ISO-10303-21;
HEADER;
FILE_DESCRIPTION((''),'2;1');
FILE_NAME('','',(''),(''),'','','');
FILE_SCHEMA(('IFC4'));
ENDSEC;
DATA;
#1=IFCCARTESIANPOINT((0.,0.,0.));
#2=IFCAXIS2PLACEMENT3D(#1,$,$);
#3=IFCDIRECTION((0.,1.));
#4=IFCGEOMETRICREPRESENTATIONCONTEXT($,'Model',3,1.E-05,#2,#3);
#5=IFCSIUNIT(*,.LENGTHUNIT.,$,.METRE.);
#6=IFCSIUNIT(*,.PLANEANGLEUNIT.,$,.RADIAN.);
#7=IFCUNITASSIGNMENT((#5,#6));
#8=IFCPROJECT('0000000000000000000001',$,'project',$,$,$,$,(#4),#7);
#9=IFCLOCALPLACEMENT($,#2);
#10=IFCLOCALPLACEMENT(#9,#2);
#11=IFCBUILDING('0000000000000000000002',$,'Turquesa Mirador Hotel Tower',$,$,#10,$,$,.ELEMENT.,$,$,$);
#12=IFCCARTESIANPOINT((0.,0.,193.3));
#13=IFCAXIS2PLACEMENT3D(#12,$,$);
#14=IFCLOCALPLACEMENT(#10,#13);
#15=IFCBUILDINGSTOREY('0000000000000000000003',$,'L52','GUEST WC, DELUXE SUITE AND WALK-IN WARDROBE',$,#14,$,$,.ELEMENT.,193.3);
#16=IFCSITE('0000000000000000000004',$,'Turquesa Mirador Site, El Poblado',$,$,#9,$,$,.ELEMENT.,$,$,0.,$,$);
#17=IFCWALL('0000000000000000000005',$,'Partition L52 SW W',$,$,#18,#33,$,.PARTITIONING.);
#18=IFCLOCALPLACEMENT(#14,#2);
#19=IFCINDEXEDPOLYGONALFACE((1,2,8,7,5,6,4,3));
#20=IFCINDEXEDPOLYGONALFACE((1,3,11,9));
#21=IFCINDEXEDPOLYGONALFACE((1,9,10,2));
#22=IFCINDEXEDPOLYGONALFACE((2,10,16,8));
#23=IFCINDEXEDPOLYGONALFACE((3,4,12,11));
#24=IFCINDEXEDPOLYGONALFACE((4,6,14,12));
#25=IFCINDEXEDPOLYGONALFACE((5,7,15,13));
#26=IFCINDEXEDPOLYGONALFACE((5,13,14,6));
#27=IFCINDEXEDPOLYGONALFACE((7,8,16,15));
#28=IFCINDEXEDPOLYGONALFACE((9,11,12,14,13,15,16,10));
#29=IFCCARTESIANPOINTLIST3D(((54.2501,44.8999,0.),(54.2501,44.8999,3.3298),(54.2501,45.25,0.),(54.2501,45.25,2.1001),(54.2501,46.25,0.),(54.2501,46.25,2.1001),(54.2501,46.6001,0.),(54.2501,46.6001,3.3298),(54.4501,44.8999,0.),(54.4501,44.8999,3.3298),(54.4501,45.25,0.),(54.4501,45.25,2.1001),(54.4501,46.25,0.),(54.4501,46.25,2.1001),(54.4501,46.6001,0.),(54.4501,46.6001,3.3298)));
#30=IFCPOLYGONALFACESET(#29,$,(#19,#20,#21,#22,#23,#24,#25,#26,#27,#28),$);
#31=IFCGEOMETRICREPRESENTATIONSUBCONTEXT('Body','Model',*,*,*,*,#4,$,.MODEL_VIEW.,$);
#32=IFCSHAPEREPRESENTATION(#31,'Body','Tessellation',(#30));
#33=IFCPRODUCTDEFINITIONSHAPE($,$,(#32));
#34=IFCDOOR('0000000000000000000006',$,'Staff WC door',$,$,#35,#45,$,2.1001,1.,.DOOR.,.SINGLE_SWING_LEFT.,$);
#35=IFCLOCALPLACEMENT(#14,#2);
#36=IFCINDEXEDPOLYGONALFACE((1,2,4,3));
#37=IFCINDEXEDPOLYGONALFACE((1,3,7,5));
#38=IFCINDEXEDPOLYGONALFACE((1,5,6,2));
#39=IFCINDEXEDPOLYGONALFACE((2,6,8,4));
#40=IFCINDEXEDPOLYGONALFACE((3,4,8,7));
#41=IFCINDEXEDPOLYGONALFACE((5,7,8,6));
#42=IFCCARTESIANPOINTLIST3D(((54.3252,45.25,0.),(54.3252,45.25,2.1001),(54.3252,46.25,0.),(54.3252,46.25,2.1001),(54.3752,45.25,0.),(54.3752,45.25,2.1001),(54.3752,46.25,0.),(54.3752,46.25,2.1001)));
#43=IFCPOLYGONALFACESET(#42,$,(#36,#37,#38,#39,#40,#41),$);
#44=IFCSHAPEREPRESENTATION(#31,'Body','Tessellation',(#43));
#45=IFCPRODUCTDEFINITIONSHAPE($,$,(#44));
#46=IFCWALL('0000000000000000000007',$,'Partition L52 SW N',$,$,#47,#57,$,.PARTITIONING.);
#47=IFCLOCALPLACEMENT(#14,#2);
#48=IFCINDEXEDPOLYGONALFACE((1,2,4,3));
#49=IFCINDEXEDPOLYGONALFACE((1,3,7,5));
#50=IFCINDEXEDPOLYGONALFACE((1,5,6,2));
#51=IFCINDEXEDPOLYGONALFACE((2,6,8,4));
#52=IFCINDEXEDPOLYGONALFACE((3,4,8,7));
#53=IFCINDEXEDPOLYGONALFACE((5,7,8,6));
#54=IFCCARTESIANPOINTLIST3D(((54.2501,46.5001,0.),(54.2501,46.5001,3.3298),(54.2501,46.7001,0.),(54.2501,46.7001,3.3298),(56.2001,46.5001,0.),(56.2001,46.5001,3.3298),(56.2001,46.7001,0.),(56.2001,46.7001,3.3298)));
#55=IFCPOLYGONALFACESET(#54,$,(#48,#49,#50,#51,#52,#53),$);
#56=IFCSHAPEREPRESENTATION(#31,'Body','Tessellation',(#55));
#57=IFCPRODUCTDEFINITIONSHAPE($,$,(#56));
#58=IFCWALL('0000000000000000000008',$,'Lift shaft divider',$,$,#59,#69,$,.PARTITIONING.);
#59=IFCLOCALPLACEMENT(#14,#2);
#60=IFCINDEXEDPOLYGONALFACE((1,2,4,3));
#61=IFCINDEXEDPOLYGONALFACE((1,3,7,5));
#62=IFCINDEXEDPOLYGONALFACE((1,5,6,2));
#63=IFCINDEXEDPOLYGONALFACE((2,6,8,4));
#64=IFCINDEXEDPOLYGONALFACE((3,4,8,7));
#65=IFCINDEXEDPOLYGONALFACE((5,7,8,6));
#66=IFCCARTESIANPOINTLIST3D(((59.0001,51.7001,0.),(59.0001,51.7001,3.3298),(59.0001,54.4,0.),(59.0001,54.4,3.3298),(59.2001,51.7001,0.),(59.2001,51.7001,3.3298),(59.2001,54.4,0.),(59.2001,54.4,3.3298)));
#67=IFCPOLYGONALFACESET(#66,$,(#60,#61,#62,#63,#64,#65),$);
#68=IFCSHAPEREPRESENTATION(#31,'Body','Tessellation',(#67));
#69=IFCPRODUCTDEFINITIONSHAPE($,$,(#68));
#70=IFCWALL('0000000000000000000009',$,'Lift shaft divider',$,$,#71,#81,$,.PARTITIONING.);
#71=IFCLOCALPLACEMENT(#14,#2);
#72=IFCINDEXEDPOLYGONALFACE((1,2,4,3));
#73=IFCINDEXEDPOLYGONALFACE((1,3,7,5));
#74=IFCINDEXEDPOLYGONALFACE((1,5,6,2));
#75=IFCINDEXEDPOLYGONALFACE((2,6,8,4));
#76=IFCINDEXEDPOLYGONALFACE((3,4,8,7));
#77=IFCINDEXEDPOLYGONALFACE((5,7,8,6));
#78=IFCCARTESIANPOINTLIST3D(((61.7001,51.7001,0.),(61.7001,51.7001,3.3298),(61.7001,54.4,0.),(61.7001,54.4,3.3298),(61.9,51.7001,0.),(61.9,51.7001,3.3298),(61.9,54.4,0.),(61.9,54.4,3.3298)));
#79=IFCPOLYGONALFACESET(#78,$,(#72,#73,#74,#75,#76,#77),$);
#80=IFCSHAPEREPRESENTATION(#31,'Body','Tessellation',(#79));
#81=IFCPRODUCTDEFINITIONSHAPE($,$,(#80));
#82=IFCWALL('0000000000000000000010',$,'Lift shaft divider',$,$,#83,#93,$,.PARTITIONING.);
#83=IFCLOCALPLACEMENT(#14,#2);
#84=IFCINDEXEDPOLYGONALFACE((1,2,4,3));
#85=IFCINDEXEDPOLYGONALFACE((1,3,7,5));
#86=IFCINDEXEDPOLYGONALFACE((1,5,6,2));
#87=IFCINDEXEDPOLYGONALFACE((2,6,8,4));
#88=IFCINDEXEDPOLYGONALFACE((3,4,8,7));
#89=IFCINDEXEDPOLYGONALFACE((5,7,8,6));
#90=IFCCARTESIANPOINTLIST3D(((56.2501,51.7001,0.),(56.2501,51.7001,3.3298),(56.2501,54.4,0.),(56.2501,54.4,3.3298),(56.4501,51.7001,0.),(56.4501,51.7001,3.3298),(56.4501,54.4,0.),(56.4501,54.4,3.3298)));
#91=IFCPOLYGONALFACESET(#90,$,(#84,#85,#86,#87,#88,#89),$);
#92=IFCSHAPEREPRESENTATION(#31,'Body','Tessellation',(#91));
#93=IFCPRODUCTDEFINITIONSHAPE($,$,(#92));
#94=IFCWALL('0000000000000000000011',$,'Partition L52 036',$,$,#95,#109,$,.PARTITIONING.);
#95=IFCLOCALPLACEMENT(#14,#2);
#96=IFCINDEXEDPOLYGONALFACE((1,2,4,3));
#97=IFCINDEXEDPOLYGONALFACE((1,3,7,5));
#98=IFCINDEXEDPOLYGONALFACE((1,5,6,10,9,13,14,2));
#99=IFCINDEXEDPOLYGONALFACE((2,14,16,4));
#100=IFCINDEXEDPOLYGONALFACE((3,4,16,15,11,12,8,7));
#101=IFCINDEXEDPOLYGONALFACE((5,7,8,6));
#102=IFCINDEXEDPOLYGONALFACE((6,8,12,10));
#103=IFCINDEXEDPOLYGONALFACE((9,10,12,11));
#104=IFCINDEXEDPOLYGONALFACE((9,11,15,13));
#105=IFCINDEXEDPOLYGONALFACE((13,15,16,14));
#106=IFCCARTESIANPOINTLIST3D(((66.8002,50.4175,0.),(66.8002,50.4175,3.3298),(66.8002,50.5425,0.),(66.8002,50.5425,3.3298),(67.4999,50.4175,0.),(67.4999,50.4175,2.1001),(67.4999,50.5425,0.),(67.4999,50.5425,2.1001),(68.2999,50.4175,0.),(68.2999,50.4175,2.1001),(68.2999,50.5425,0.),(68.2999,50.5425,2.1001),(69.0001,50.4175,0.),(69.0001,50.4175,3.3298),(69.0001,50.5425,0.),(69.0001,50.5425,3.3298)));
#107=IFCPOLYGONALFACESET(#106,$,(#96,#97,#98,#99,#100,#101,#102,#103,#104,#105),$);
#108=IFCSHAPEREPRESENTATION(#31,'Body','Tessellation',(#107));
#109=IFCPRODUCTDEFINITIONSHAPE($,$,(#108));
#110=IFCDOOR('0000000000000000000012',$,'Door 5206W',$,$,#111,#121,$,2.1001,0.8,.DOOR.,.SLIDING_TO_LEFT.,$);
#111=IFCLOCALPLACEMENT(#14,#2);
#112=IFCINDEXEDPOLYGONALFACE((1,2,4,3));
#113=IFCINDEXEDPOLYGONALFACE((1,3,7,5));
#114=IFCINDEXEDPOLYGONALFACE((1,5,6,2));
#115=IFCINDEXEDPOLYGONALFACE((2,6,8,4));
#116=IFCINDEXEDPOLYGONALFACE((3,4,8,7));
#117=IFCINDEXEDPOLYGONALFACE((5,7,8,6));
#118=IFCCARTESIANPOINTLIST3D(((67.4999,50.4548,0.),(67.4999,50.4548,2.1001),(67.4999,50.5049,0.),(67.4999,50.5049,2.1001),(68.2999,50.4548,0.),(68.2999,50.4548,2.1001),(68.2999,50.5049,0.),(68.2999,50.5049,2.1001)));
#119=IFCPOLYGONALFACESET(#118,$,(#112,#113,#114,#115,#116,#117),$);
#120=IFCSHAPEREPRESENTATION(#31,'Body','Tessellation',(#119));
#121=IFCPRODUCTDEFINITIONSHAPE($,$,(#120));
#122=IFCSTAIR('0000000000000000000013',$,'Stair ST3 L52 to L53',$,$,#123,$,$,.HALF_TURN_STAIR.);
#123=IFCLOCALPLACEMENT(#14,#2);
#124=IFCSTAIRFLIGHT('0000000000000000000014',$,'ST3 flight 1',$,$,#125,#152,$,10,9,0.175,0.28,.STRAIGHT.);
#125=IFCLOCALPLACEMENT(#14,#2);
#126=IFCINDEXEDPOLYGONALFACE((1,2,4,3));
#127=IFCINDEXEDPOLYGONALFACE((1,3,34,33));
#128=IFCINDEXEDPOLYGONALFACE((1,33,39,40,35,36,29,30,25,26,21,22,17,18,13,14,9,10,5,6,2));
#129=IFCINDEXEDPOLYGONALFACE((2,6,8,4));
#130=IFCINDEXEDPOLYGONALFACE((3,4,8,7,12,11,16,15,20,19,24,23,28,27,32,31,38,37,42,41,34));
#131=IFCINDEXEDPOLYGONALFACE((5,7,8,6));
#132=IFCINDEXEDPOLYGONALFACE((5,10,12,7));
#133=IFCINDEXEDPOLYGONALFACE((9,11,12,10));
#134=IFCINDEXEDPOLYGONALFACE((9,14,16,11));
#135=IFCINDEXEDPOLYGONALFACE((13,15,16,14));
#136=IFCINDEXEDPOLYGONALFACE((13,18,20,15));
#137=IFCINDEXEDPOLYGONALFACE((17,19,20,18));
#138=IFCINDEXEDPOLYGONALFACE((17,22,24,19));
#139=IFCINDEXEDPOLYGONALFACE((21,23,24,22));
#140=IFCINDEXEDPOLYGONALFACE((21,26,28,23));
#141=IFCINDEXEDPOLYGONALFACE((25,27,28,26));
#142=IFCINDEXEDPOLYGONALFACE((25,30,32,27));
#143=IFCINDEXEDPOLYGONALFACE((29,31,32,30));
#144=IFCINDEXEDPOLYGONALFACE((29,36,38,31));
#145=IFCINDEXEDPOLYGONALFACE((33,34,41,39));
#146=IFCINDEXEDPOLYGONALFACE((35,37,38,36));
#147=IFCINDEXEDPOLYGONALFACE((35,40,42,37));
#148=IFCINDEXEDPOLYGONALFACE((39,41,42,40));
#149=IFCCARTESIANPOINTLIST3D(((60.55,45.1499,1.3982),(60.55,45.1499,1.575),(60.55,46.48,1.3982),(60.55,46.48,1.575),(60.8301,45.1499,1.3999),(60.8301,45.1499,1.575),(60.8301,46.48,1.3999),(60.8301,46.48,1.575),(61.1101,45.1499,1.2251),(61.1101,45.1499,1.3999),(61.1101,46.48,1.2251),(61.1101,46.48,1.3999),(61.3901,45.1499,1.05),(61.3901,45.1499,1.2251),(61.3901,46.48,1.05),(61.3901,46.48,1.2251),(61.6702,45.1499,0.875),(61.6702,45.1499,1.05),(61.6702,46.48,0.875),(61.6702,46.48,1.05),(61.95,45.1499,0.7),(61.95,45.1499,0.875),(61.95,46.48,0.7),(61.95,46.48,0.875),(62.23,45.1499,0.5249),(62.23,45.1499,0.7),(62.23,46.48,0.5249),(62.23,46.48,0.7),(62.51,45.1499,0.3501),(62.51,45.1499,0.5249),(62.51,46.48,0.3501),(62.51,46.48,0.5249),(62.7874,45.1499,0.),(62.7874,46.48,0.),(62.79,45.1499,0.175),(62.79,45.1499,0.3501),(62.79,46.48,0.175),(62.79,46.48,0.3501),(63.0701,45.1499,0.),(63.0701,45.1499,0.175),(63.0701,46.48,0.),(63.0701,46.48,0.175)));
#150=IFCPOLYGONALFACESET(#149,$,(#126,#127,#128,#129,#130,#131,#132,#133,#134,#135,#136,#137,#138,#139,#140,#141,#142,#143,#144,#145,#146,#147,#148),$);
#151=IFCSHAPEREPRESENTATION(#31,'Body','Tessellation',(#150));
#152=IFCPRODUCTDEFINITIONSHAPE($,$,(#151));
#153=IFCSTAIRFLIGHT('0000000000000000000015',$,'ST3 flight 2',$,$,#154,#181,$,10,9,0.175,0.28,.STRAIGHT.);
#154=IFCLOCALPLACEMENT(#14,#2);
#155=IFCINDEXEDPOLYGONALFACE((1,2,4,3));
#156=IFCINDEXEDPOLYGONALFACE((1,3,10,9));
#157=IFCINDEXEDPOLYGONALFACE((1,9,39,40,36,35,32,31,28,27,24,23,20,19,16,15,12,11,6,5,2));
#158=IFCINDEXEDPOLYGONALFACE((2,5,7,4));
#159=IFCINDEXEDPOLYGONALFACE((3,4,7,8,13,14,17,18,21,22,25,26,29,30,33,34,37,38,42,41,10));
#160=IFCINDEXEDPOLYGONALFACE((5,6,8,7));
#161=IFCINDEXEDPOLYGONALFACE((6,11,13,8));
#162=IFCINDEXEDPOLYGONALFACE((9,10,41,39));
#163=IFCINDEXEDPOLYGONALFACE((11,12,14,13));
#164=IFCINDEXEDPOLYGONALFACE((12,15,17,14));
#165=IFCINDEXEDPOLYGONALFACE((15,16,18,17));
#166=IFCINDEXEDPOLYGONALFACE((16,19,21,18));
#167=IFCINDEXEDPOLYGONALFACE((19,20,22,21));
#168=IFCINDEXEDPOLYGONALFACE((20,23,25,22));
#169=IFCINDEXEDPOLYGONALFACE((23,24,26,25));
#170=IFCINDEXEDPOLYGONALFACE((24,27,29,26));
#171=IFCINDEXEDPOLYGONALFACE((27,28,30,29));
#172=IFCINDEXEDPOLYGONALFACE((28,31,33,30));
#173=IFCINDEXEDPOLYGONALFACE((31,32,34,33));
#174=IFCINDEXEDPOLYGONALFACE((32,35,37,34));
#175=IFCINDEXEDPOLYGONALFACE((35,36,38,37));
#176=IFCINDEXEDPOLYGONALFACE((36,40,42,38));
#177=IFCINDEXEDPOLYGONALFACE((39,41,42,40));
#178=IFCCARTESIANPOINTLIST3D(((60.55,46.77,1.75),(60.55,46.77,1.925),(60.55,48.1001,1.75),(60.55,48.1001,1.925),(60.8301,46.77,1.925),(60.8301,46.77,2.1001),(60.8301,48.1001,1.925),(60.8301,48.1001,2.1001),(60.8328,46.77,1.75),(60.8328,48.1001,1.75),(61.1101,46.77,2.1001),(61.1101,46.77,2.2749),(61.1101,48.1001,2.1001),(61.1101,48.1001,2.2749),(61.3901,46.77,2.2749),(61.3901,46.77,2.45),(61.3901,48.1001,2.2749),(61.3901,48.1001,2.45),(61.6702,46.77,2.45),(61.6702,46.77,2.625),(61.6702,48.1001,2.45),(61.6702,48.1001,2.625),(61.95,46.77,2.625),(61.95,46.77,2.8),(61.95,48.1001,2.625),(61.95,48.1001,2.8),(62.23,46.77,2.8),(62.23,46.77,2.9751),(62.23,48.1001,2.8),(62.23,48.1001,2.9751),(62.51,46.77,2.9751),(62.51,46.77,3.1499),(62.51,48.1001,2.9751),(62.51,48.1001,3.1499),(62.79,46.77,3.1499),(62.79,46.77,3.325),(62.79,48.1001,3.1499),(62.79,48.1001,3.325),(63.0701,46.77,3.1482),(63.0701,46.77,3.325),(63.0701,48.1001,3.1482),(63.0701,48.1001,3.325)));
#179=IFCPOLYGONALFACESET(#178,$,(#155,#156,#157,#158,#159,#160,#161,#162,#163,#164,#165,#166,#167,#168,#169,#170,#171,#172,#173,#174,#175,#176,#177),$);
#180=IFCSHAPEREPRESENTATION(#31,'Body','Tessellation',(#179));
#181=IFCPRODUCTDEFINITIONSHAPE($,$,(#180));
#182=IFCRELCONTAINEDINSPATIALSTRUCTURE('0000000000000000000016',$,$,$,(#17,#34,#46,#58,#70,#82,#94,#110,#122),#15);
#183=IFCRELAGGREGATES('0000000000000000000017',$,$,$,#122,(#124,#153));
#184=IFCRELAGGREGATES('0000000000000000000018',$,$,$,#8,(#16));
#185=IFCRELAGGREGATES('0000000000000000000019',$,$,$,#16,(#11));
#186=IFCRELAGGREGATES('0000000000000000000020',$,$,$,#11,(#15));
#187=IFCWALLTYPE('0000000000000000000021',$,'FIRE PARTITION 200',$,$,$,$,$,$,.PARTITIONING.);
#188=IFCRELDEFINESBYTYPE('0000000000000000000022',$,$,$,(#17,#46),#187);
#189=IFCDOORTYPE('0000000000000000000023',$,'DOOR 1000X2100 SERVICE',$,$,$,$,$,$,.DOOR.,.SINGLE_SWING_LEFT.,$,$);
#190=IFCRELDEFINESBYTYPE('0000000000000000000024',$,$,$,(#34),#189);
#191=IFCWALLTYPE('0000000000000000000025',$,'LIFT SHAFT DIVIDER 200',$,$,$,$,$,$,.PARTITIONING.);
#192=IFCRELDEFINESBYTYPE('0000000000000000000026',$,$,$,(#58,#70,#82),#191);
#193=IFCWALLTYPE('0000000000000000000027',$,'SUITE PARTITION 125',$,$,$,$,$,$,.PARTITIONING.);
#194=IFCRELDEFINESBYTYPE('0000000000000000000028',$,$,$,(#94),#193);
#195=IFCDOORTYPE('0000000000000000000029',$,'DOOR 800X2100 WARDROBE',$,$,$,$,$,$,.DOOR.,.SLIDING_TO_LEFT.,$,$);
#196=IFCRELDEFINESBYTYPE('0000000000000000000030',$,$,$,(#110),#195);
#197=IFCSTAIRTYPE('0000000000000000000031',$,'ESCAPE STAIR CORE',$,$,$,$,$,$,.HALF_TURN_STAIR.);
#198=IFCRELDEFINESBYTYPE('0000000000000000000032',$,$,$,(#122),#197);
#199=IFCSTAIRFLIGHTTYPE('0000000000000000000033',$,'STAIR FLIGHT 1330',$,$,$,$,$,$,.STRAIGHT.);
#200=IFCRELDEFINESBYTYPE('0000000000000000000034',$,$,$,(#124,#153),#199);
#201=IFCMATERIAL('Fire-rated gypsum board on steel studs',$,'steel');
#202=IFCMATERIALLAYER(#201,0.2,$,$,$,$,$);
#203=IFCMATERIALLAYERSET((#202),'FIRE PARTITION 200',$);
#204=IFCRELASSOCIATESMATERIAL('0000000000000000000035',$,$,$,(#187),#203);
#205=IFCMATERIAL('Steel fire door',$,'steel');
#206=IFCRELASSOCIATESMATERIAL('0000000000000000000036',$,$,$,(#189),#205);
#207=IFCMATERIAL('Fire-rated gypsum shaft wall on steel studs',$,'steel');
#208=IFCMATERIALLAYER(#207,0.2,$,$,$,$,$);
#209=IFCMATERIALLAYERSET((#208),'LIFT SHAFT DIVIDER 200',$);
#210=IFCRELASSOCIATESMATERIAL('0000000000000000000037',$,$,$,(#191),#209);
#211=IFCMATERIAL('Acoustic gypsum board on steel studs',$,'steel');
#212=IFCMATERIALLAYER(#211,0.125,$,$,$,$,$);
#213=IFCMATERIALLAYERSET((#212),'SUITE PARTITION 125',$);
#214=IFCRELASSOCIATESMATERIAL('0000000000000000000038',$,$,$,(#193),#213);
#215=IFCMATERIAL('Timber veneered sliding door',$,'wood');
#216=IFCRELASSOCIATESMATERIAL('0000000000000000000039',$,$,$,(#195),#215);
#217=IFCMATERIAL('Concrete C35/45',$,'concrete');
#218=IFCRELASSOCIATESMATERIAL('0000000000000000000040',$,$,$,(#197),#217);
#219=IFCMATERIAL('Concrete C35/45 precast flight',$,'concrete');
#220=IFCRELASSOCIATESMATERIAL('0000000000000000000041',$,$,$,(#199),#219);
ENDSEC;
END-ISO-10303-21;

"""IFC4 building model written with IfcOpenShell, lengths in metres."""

from ifc_helpers import new_model, si_unit, direction, frame, frame_2d, origin, place, context, subcontext, project, spatial, polyline, rectangle, outline, extrude, material, layer, layer_set, type_object, element, fill, aggregate, save


model = new_model("IFC4")

# Units and contexts
model_context = context("Model", 3, precision=1e-05, world=origin(), true_north=direction((0.0, 1.0)))
body_context = subcontext(model_context, "Body", "Model", "MODEL_VIEW")
ifc_project = project(units=[si_unit("LENGTHUNIT", "METRE"), si_unit("PLANEANGLEUNIT", "RADIAN")], contexts=[model_context])

# Site, building, storey
site_placement = place(None, origin())
site = spatial("IfcSite", under=ifc_project, at=site_placement, Name="Turquesa Mirador Site, El Poblado", CompositionType="ELEMENT", RefElevation=0.0)
building_placement = place(site_placement, origin())
building = spatial("IfcBuilding", under=site, at=building_placement, Name="Turquesa Mirador Hotel Tower", CompositionType="ELEMENT")
storey_placement = place(building_placement, frame((0.0, 0.0, 193.3)))
storey = spatial("IfcBuildingStorey", under=building, at=storey_placement, Name="L52", Description="GUEST WC, DELUXE SUITE AND WALK-IN WARDROBE", CompositionType="ELEMENT", Elevation=193.3)

# Wall, opening, door
ifc_material_1 = material(Name="Fire-rated gypsum board on steel studs", Category="steel")
ifc_layer_1 = layer(ifc_material_1, 0.2)
ifc_layer_set_1 = layer_set([ifc_layer_1], Name="FIRE PARTITION 200")
wall_type_1 = type_object("IfcWallType", Name="FIRE PARTITION 200", PredefinedType="PARTITIONING", material=ifc_layer_set_1)
wall_1_placement = place(storey_placement, frame((54.3501, 44.8999, 0.0), z_axis=(0.0, 0.0, 1.0), x_axis=(0.0, 1.0, 0.0)))
wall_1 = element("IfcWall", 1, at=wall_1_placement, inside=storey, type_object=wall_type_1, Name="Partition L52 SW W", PredefinedType="PARTITIONING", context=body_context, shape_type="SweptSolid", body=[
    extrude(rectangle(XDim=1.7002, YDim=0.2, at=frame_2d((0.8501, 0.0))), origin(), (0.0, 0.0, 1.0), 3.3298),
])
opening_1_placement = place(wall_1_placement, frame((0.3501, 0.0, 0.0)))
opening_1 = element("IfcOpeningElement", 2, at=opening_1_placement, cuts=wall_1, PredefinedType="OPENING", context=body_context, shape_type="SweptSolid", body=[
    extrude(rectangle(XDim=1.0, YDim=2.1001, at=frame_2d((0.5, 1.05))), frame((0.0, 0.1099, 0.0), z_axis=(0.0, -1.0, 0.0), x_axis=(1.0, 0.0, 0.0)), (0.0, 0.0, 1.0), 0.22),
])
ifc_material_2 = material(Name="Steel fire door", Category="steel")
door_type_1 = type_object("IfcDoorType", Name="DOOR 1000X2100 SERVICE", OperationType="SINGLE_SWING_LEFT", PredefinedType="DOOR", material=ifc_material_2)
door_1_placement = place(opening_1_placement, origin())
door_1 = element("IfcDoor", 3, at=door_1_placement, inside=storey, type_object=door_type_1, Name="Staff WC door", OperationType="SINGLE_SWING_LEFT", OverallHeight=2.1001, OverallWidth=1.0, PredefinedType="DOOR", context=body_context, shape_type="SweptSolid", body=[
    extrude(rectangle(XDim=1.0, YDim=2.1001, at=frame_2d((0.5, 1.05))), frame((0.0, 0.0249, 0.0), z_axis=(0.0, -1.0, 0.0), x_axis=(1.0, 0.0, 0.0)), (0.0, 0.0, 1.0), 0.05),
])
fill(opening_1, door_1)

# Walls
wall_2_placement = place(storey_placement, frame((54.25, 46.6001, 0.0), z_axis=(0.0, 0.0, 1.0), x_axis=(1.0, 0.0, 0.0)))
element("IfcWall", 4, at=wall_2_placement, inside=storey, type_object=wall_type_1, Name="Partition L52 SW N", PredefinedType="PARTITIONING", context=body_context, shape_type="SweptSolid", body=[
    extrude(rectangle(XDim=1.95, YDim=0.2, at=frame_2d((0.9751, 0.0))), origin(), (0.0, 0.0, 1.0), 3.3298),
])
ifc_material_3 = material(Name="Fire-rated gypsum shaft wall on steel studs", Category="steel")
ifc_layer_2 = layer(ifc_material_3, 0.2)
ifc_layer_set_2 = layer_set([ifc_layer_2], Name="LIFT SHAFT DIVIDER 200")
wall_type_2 = type_object("IfcWallType", Name="LIFT SHAFT DIVIDER 200", PredefinedType="PARTITIONING", material=ifc_layer_set_2)
for number, where, z_axis, x_axis, name in (
    (5, (59.1001, 51.7, 0.0), (0.0, 0.0, 1.0), (0.0, 1.0, 0.0), "Lift shaft divider"),
    (6, (61.8, 51.7, 0.0), (0.0, 0.0, 1.0), (0.0, 1.0, 0.0), "Lift shaft divider"),
    (7, (56.3501, 51.7, 0.0), (0.0, 0.0, 1.0), (0.0, 1.0, 0.0), "Lift shaft divider"),
):
    element("IfcWall", number, at=place(storey_placement, frame(where, z_axis=z_axis, x_axis=x_axis)), inside=storey, type_object=wall_type_2, Name=name, PredefinedType="PARTITIONING", context=body_context, shape_type="SweptSolid", body=[
        extrude(rectangle(XDim=2.7, YDim=0.2, at=frame_2d((1.3501, 0.0))), origin(), (0.0, 0.0, 1.0), 3.3298),
    ])

# Wall, opening, door
ifc_material_4 = material(Name="Acoustic gypsum board on steel studs", Category="steel")
ifc_layer_3 = layer(ifc_material_4, 0.125)
ifc_layer_set_3 = layer_set([ifc_layer_3], Name="SUITE PARTITION 125")
wall_type_3 = type_object("IfcWallType", Name="SUITE PARTITION 125", PredefinedType="PARTITIONING", material=ifc_layer_set_3)
wall_3_placement = place(storey_placement, frame((66.8, 50.48, 0.0), z_axis=(0.0, 0.0, 1.0), x_axis=(1.0, 0.0, 0.0)))
wall_3 = element("IfcWall", 8, at=wall_3_placement, inside=storey, type_object=wall_type_3, Name="Partition L52 036", PredefinedType="PARTITIONING", context=body_context, shape_type="SweptSolid", body=[
    extrude(rectangle(XDim=2.2, YDim=0.125, at=frame_2d((1.1001, 0.0))), origin(), (0.0, 0.0, 1.0), 3.3298),
])
opening_2_placement = place(wall_3_placement, frame((0.7, 0.0, 0.0)))
opening_2 = element("IfcOpeningElement", 9, at=opening_2_placement, cuts=wall_3, PredefinedType="OPENING", context=body_context, shape_type="SweptSolid", body=[
    extrude(rectangle(XDim=0.8, YDim=2.1001, at=frame_2d((0.3999, 1.05))), frame((0.0, 0.0725, 0.0), z_axis=(0.0, -1.0, 0.0), x_axis=(1.0, 0.0, 0.0)), (0.0, 0.0, 1.0), 0.145),
])
ifc_material_5 = material(Name="Timber veneered sliding door", Category="wood")
door_type_2 = type_object("IfcDoorType", Name="DOOR 800X2100 WARDROBE", OperationType="SLIDING_TO_LEFT", PredefinedType="DOOR", material=ifc_material_5)
door_2_placement = place(opening_2_placement, origin())
door_2 = element("IfcDoor", 10, at=door_2_placement, inside=storey, type_object=door_type_2, Name="Door 5206W", OperationType="SLIDING_TO_LEFT", OverallHeight=2.1001, OverallWidth=0.8, PredefinedType="DOOR", context=body_context, shape_type="SweptSolid", body=[
    extrude(rectangle(XDim=0.8, YDim=2.1001, at=frame_2d((0.3999, 1.05))), frame((0.0, 0.0249, 0.0), z_axis=(0.0, -1.0, 0.0), x_axis=(1.0, 0.0, 0.0)), (0.0, 0.0, 1.0), 0.05),
])
fill(opening_2, door_2)

# Stair, stair flights
ifc_material_6 = material(Name="Concrete C35/45", Category="concrete")
stair_type = type_object("IfcStairType", Name="ESCAPE STAIR CORE", PredefinedType="HALF_TURN_STAIR", material=ifc_material_6)
stair_placement = place(storey_placement, origin())
stair = element("IfcStair", 11, at=stair_placement, inside=storey, type_object=stair_type, Name="Stair ST3 L52 to L53", PredefinedType="HALF_TURN_STAIR")
ifc_material_7 = material(Name="Concrete C35/45 precast flight", Category="concrete")
stair_flight_type = type_object("IfcStairFlightType", Name="STAIR FLIGHT 1330", PredefinedType="STRAIGHT", material=ifc_material_7)
stair_flight_1_placement = place(storey_placement, frame((63.0701, 45.8149, 0.0), z_axis=(0.0, 0.0, 1.0), x_axis=(-1.0, 0.0, 0.0)))
stair_flight_1 = element("IfcStairFlight", 12, at=stair_flight_1_placement, type_object=stair_flight_type, Name="ST3 flight 1", NumberOfRisers=10, NumberOfTreads=9, PredefinedType="STRAIGHT", RiserHeight=0.175, TreadLength=0.28, context=body_context, shape_type="SweptSolid", body=[
    extrude(outline(polyline([(0.0, 0.0), (0.0, 0.175), (0.28, 0.175), (0.28, 0.3501), (0.5601, 0.3501), (0.5601, 0.5249), (0.8401, 0.5249), (0.8401, 0.7), (1.1201, 0.7), (1.1201, 0.875), (1.3999, 0.875), (1.3999, 1.05), (1.6799, 1.05), (1.6799, 1.2251), (1.96, 1.2251), (1.96, 1.3999), (2.24, 1.3999), (2.24, 1.575), (2.52, 1.575), (2.52, 1.75), (2.52, 1.3982), (0.2827, 0.0), (0.0, 0.0)])), frame((0.0, 0.665, 0.0), z_axis=(0.0, -1.0, 0.0), x_axis=(1.0, 0.0, 0.0)), (0.0, 0.0, 1.0), 1.3301),
])
stair_flight_2_placement = place(storey_placement, frame((60.55, 47.4351, 1.75), z_axis=(0.0, 0.0, 1.0), x_axis=(1.0, 0.0, 0.0)))
stair_flight_2 = element("IfcStairFlight", 13, at=stair_flight_2_placement, type_object=stair_flight_type, Name="ST3 flight 2", NumberOfRisers=10, NumberOfTreads=9, PredefinedType="STRAIGHT", RiserHeight=0.175, TreadLength=0.28, context=body_context, shape_type="SweptSolid", body=[
    extrude(outline(polyline([(0.0, 0.0), (0.0, 0.175), (0.28, 0.175), (0.28, 0.3501), (0.5601, 0.3501), (0.5601, 0.5249), (0.8401, 0.5249), (0.8401, 0.7), (1.1201, 0.7), (1.1201, 0.875), (1.3999, 0.875), (1.3999, 1.05), (1.6799, 1.05), (1.6799, 1.2251), (1.96, 1.2251), (1.96, 1.3999), (2.24, 1.3999), (2.24, 1.575), (2.52, 1.575), (2.52, 1.75), (2.52, 1.3982), (0.2827, 0.0), (0.0, 0.0)])), frame((0.0, 0.665, 0.0), z_axis=(0.0, -1.0, 0.0), x_axis=(1.0, 0.0, 0.0)), (0.0, 0.0, 1.0), 1.3301),
])
aggregate(stair, [stair_flight_1, stair_flight_2])

save(model, "model.ifc")
